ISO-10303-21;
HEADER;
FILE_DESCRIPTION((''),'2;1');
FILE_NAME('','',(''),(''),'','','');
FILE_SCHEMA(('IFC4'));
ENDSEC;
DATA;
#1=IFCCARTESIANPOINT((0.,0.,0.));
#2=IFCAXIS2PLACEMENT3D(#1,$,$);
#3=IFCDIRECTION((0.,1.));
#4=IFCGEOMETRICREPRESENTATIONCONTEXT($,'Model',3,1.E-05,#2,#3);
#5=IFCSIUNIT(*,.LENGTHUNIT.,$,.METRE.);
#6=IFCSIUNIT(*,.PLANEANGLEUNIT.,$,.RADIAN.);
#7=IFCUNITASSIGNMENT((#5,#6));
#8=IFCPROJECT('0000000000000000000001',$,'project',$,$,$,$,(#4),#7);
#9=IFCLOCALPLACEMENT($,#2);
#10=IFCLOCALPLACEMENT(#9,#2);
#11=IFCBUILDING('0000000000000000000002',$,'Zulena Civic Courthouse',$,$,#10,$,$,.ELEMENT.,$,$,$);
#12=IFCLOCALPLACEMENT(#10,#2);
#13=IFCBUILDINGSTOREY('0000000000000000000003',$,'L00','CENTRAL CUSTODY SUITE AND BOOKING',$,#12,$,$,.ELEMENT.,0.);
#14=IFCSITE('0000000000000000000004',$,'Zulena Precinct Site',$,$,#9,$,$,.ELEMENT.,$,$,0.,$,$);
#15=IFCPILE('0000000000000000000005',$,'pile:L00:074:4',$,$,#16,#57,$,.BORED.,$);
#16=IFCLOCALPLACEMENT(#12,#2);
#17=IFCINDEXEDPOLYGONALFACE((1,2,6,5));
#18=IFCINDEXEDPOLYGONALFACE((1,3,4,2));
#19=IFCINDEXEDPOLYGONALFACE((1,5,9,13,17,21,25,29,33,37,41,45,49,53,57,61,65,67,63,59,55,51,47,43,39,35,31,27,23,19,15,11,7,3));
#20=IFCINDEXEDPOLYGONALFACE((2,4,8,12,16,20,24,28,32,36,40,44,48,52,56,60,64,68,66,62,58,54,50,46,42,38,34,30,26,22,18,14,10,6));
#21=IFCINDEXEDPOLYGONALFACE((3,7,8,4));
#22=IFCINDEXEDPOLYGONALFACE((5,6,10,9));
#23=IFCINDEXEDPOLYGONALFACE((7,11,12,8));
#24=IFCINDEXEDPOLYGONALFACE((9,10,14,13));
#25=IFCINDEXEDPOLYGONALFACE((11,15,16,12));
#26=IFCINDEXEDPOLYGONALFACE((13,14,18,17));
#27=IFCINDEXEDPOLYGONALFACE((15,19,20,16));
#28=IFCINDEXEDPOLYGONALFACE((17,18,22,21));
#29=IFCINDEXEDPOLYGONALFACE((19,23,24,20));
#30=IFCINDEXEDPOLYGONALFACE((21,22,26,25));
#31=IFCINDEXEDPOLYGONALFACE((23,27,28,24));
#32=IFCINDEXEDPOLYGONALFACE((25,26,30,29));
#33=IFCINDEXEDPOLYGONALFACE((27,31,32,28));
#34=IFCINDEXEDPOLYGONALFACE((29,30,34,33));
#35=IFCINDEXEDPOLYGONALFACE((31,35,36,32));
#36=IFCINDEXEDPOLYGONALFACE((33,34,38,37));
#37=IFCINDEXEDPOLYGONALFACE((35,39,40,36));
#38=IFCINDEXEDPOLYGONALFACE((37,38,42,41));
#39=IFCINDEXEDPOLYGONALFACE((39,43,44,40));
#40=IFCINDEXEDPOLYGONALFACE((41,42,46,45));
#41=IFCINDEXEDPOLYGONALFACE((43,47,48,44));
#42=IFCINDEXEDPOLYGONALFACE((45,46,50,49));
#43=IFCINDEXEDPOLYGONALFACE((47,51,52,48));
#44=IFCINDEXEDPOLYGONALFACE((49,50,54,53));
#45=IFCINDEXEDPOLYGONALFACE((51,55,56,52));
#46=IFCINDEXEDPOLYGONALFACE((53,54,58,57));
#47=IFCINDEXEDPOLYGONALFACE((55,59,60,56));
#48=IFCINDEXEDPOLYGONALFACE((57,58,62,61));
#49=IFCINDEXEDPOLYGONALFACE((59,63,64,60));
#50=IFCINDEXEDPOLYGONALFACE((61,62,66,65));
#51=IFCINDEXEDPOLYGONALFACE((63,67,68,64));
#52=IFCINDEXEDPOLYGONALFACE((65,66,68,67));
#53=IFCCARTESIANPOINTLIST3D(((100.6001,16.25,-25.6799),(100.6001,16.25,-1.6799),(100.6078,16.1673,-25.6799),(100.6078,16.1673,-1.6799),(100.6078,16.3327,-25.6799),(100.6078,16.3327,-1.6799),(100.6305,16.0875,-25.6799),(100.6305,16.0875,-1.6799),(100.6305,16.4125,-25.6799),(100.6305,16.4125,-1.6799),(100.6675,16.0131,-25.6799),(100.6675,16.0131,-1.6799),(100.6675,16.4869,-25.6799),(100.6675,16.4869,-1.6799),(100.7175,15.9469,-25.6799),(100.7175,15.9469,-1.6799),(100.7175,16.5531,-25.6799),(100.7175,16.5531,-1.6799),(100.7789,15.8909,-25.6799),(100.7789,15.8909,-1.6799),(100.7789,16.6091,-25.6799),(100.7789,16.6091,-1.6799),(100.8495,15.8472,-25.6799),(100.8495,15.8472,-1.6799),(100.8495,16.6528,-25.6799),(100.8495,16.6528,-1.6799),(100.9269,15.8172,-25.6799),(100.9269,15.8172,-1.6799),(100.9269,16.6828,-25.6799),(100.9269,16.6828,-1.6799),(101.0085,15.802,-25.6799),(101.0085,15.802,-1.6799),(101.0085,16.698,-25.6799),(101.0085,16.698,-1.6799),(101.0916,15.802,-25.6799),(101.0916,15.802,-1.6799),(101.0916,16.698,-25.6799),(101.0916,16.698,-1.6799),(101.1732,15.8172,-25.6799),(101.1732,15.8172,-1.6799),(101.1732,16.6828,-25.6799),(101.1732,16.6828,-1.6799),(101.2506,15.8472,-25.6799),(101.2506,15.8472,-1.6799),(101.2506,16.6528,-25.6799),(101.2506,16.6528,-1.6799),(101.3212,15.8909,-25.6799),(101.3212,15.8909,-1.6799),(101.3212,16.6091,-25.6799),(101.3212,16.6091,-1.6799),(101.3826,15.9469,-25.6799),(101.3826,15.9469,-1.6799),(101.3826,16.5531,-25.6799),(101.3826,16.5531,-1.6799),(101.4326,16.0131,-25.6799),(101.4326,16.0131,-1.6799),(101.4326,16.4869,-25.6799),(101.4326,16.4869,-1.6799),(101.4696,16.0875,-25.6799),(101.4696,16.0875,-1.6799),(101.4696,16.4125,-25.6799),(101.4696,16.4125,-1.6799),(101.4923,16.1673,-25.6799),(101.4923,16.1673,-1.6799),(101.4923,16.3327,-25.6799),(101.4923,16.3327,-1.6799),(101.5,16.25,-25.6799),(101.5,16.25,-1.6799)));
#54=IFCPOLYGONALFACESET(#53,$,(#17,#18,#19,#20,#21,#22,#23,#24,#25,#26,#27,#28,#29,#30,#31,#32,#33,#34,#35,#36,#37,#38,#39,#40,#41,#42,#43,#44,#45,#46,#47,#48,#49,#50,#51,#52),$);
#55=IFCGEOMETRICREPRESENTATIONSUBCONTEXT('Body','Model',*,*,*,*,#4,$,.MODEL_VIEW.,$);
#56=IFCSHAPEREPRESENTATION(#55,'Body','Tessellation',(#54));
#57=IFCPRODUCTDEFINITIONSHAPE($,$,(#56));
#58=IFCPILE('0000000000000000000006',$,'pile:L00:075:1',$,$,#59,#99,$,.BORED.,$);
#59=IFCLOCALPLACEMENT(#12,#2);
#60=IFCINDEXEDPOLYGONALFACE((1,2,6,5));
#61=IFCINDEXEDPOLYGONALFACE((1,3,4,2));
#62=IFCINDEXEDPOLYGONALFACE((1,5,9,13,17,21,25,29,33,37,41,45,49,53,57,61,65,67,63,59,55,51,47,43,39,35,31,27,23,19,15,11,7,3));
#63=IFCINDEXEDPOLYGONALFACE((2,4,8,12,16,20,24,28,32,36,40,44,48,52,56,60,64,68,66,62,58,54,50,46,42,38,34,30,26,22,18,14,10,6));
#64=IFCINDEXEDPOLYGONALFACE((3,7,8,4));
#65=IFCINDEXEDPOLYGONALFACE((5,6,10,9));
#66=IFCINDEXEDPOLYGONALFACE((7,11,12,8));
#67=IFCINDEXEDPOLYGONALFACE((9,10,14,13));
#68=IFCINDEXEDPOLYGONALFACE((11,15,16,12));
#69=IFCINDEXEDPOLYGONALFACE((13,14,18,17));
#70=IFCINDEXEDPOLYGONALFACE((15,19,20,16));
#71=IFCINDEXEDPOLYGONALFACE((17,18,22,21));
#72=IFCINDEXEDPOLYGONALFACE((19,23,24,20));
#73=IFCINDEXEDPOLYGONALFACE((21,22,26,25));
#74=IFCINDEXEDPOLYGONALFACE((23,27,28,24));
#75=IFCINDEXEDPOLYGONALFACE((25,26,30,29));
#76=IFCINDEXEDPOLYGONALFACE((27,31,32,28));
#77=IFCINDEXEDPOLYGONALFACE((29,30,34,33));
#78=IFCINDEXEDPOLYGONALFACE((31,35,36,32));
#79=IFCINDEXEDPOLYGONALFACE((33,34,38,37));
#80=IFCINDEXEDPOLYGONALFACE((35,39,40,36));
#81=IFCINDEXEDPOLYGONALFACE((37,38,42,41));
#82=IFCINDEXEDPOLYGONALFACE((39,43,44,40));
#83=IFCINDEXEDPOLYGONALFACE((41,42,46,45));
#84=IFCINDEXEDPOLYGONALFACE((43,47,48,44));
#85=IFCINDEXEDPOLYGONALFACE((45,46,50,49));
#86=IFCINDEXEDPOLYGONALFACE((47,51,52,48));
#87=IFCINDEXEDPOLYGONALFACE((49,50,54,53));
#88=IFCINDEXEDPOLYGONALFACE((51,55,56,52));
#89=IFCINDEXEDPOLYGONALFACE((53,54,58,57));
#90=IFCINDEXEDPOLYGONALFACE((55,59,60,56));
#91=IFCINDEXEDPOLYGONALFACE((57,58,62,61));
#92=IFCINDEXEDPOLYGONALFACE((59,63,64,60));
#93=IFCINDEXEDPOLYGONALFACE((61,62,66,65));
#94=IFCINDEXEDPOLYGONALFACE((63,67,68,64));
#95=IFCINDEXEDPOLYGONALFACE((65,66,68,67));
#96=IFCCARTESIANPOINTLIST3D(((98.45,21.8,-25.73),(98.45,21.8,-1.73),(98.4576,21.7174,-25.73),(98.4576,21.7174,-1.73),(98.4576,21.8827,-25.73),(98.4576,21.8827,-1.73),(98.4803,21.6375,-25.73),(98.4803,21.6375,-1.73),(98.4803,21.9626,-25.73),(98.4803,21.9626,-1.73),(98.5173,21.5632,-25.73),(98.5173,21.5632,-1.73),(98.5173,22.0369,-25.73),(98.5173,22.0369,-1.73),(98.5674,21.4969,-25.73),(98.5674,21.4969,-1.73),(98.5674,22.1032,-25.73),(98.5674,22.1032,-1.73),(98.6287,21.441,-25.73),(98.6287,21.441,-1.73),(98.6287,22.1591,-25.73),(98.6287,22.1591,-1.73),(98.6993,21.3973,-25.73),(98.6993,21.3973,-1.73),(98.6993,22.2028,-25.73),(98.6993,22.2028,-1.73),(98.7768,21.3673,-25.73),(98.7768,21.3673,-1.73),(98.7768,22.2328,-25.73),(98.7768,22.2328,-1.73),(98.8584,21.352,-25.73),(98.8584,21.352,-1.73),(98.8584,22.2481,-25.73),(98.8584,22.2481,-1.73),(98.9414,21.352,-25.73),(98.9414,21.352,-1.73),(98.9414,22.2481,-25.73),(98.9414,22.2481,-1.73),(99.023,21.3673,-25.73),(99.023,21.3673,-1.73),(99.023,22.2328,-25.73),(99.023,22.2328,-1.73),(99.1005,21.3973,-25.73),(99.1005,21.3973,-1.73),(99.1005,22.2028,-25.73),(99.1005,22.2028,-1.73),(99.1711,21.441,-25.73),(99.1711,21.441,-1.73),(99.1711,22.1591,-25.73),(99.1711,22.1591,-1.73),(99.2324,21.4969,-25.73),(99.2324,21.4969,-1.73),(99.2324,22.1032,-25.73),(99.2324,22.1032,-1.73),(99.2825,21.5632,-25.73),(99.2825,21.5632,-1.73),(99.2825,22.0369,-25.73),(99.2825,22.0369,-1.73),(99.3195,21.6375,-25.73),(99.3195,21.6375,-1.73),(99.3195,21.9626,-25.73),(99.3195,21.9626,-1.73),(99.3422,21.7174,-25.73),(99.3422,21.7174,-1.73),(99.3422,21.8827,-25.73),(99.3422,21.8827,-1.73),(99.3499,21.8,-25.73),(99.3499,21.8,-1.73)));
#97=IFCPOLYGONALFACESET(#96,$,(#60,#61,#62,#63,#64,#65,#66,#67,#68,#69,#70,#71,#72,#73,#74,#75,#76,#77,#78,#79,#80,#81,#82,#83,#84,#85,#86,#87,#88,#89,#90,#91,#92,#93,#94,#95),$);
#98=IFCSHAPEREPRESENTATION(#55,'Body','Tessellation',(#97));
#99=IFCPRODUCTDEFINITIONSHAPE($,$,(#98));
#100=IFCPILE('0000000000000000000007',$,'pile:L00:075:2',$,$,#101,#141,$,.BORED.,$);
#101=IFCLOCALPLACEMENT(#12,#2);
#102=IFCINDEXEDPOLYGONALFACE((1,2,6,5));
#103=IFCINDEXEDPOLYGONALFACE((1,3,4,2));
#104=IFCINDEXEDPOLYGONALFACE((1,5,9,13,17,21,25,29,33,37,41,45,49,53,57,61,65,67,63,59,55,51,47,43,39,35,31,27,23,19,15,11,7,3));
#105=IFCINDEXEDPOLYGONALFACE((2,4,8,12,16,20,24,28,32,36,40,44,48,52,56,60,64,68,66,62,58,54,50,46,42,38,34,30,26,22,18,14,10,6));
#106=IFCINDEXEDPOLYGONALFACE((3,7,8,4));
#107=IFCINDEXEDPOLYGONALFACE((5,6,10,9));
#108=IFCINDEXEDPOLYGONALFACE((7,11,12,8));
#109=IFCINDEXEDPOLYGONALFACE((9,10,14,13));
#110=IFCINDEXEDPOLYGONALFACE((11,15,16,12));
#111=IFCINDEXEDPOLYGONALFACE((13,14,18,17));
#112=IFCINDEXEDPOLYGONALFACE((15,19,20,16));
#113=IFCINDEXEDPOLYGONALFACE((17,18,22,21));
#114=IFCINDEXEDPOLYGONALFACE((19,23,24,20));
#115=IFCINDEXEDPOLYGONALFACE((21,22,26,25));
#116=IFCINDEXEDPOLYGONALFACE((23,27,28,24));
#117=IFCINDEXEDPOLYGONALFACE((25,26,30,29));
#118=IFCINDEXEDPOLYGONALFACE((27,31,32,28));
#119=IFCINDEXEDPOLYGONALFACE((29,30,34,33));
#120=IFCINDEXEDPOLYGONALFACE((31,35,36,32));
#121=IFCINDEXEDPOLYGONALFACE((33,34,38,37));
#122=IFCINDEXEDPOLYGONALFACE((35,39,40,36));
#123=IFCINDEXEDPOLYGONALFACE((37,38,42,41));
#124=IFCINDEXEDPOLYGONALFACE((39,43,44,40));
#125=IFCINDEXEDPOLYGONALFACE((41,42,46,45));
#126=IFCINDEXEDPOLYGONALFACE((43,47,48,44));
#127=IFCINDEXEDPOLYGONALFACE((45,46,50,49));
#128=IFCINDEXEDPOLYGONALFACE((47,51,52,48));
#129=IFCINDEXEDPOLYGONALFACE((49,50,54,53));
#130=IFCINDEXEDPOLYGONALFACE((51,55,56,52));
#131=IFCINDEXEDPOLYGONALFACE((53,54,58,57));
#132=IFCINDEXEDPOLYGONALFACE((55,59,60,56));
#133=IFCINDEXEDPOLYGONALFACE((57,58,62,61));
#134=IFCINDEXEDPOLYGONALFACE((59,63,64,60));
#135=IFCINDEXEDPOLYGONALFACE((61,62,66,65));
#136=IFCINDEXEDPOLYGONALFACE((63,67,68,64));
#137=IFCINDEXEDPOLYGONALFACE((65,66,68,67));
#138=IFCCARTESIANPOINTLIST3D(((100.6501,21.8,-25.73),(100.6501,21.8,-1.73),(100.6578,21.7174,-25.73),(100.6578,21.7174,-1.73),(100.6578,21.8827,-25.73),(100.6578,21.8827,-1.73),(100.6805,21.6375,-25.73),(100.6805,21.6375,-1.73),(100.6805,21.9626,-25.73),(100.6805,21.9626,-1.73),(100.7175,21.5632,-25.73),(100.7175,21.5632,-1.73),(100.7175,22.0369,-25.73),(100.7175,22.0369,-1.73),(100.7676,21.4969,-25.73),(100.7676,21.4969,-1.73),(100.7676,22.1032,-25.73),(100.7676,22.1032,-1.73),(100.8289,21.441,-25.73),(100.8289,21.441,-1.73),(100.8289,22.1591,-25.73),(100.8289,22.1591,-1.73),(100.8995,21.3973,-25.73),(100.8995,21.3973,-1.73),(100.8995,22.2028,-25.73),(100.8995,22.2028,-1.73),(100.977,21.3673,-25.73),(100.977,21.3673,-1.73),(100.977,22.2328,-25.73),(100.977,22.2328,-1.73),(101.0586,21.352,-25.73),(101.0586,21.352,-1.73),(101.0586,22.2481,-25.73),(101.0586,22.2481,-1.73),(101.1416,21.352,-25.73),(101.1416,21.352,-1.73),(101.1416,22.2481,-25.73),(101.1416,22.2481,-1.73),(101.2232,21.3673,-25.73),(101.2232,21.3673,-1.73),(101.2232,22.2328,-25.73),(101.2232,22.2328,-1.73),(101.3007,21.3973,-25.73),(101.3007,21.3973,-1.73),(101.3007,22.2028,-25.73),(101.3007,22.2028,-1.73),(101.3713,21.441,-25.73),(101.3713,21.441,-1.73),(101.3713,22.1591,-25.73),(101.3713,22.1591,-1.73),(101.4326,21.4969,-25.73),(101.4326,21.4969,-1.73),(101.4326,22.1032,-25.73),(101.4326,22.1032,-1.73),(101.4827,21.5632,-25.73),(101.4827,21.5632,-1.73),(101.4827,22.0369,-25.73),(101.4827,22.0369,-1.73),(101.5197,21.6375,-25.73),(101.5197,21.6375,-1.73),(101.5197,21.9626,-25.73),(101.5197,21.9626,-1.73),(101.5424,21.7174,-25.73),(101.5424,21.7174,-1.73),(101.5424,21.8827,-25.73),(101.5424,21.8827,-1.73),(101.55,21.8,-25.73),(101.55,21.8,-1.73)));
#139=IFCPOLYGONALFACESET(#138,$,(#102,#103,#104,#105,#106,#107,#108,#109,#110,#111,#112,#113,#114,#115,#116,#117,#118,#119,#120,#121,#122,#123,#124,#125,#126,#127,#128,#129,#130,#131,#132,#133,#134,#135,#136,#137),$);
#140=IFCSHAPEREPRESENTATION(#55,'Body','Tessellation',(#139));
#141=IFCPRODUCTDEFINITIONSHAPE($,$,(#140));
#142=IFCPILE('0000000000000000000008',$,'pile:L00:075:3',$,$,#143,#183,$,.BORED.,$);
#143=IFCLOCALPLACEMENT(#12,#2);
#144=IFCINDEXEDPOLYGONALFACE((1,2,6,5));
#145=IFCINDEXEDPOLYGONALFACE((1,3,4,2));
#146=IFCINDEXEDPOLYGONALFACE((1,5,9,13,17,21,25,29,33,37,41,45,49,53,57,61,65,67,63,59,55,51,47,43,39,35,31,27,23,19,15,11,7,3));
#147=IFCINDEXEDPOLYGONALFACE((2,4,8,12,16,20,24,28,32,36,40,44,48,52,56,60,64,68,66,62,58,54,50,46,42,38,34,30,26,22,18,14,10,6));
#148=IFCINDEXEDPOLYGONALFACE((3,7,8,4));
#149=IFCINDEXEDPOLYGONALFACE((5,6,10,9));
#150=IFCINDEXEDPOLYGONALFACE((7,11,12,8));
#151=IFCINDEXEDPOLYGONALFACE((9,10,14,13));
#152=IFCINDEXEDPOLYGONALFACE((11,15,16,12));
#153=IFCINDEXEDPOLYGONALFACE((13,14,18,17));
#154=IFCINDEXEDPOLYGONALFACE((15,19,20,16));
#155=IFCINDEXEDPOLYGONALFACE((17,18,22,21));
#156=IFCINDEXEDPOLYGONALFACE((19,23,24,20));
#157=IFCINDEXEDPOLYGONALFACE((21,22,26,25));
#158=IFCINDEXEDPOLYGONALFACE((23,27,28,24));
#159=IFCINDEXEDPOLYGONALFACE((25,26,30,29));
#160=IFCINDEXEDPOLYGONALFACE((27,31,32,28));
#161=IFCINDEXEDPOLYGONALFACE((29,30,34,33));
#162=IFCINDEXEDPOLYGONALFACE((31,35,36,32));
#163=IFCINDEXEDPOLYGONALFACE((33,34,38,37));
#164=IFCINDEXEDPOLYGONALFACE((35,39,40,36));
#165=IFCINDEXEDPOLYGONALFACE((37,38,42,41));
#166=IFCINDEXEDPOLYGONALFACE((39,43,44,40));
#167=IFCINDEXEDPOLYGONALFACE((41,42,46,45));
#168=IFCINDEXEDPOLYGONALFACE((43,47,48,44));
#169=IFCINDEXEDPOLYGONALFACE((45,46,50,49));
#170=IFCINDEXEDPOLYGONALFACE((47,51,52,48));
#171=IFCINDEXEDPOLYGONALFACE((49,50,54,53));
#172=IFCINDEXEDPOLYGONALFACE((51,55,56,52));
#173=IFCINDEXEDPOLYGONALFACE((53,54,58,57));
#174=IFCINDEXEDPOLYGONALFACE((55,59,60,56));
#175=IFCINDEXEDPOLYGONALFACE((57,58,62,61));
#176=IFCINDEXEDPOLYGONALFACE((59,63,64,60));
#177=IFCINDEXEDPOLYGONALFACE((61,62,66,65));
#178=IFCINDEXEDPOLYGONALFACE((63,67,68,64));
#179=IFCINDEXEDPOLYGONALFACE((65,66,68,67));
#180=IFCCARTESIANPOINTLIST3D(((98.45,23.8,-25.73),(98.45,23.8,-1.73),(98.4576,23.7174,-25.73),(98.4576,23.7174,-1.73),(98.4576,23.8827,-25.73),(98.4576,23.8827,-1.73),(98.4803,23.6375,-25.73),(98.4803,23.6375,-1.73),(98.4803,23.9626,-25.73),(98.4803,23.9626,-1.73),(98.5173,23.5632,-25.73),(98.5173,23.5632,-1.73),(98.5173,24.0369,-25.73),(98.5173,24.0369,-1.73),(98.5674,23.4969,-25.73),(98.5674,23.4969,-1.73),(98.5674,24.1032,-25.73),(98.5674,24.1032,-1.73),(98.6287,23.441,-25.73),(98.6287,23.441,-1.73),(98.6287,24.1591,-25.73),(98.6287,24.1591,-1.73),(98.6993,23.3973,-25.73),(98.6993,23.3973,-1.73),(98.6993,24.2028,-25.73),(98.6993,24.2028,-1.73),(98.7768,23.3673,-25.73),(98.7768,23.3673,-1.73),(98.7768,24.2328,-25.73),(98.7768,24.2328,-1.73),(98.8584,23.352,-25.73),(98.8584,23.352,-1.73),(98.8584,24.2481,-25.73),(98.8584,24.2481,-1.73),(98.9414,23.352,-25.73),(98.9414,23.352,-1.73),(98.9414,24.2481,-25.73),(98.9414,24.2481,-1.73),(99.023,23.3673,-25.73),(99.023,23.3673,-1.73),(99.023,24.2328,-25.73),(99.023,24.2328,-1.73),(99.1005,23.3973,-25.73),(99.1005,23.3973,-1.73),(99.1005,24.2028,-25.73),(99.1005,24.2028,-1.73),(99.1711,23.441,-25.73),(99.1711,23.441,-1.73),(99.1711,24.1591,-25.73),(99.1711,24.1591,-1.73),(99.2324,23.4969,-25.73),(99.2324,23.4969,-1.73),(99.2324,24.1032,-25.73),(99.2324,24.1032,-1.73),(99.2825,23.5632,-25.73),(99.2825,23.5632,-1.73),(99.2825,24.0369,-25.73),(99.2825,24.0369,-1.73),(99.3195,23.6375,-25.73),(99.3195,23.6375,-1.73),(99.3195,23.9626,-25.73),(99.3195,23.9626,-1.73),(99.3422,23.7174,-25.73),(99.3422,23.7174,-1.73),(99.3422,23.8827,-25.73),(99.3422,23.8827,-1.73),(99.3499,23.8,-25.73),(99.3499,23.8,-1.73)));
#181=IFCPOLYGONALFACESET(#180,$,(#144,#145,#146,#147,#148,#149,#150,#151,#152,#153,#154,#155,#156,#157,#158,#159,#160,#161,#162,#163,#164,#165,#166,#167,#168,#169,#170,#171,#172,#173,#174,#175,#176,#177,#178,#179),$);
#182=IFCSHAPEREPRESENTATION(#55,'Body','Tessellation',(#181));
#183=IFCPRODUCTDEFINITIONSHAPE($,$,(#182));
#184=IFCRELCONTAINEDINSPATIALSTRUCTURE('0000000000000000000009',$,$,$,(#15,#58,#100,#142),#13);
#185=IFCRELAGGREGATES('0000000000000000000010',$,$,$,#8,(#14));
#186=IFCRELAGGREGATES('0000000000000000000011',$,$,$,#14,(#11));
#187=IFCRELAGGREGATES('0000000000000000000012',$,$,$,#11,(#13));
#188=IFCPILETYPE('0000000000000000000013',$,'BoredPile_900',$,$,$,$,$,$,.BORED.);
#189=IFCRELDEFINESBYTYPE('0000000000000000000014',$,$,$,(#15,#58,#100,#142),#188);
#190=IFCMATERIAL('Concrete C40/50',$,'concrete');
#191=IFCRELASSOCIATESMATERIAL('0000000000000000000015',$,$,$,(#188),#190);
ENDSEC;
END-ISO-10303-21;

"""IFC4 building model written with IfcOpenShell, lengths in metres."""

from ifc_helpers import new_model, si_unit, direction, frame, origin, origin_2d, place, context, subcontext, project, spatial, circle, extrude, material, material_profile, profile_set, type_object, element, save


model = new_model("IFC4")

# Units and contexts
model_context = context("Model", 3, precision=1e-05, world=origin(), true_north=direction((0.0, 1.0)))
body_context = subcontext(model_context, "Body", "Model", "MODEL_VIEW")
ifc_project = project(units=[si_unit("LENGTHUNIT", "METRE"), si_unit("PLANEANGLEUNIT", "RADIAN")], contexts=[model_context])

# Site, building, storey
site_placement = place(None, origin())
site = spatial("IfcSite", under=ifc_project, at=site_placement, Name="Zulena Precinct Site", CompositionType="ELEMENT", RefElevation=0.0)
building_placement = place(site_placement, origin())
building = spatial("IfcBuilding", under=site, at=building_placement, Name="Zulena Civic Courthouse", CompositionType="ELEMENT")
storey_placement = place(building_placement, origin())
storey = spatial("IfcBuildingStorey", under=building, at=storey_placement, Name="L00", Description="CENTRAL CUSTODY SUITE AND BOOKING", CompositionType="ELEMENT", Elevation=0.0)

# Piles
ifc_material_1 = material(Name="Concrete C40/50", Category="concrete")
ifc_material_profile_1 = material_profile(ifc_material_1, circle(Radius=0.45, at=origin_2d()), Name="PILE900")
ifc_profile_set_1 = profile_set([ifc_material_profile_1], Name="Concrete C40/50")
pile_type_1 = type_object("IfcPileType", Name="BoredPile_900", PredefinedType="BORED", material=ifc_profile_set_1)
for number, where, z_axis, x_axis, name in (
    (1, (101.05, 16.25, -1.6799), (0.0, 0.0, -1.0), (1.0, 0.0, 0.0), "pile:L00:074:4"),
    (2, (98.8999, 21.8, -1.73), (0.0, 0.0, -1.0), (1.0, 0.0, 0.0), "pile:L00:075:1"),
    (3, (101.1001, 21.8, -1.73), (0.0, 0.0, -1.0), (1.0, 0.0, 0.0), "pile:L00:075:2"),
    (4, (98.8999, 23.8, -1.73), (0.0, 0.0, -1.0), (1.0, 0.0, 0.0), "pile:L00:075:3"),
):
    element("IfcPile", number, at=place(storey_placement, frame(where, z_axis=z_axis, x_axis=x_axis)), inside=storey, type_object=pile_type_1, Name=name, PredefinedType="BORED", context=body_context, shape_type="SweptSolid", body=[
        extrude(circle(Radius=0.45, at=origin_2d()), origin(), (0.0, 0.0, 1.0), 24.0),
    ])

save(model, "model.ifc")
